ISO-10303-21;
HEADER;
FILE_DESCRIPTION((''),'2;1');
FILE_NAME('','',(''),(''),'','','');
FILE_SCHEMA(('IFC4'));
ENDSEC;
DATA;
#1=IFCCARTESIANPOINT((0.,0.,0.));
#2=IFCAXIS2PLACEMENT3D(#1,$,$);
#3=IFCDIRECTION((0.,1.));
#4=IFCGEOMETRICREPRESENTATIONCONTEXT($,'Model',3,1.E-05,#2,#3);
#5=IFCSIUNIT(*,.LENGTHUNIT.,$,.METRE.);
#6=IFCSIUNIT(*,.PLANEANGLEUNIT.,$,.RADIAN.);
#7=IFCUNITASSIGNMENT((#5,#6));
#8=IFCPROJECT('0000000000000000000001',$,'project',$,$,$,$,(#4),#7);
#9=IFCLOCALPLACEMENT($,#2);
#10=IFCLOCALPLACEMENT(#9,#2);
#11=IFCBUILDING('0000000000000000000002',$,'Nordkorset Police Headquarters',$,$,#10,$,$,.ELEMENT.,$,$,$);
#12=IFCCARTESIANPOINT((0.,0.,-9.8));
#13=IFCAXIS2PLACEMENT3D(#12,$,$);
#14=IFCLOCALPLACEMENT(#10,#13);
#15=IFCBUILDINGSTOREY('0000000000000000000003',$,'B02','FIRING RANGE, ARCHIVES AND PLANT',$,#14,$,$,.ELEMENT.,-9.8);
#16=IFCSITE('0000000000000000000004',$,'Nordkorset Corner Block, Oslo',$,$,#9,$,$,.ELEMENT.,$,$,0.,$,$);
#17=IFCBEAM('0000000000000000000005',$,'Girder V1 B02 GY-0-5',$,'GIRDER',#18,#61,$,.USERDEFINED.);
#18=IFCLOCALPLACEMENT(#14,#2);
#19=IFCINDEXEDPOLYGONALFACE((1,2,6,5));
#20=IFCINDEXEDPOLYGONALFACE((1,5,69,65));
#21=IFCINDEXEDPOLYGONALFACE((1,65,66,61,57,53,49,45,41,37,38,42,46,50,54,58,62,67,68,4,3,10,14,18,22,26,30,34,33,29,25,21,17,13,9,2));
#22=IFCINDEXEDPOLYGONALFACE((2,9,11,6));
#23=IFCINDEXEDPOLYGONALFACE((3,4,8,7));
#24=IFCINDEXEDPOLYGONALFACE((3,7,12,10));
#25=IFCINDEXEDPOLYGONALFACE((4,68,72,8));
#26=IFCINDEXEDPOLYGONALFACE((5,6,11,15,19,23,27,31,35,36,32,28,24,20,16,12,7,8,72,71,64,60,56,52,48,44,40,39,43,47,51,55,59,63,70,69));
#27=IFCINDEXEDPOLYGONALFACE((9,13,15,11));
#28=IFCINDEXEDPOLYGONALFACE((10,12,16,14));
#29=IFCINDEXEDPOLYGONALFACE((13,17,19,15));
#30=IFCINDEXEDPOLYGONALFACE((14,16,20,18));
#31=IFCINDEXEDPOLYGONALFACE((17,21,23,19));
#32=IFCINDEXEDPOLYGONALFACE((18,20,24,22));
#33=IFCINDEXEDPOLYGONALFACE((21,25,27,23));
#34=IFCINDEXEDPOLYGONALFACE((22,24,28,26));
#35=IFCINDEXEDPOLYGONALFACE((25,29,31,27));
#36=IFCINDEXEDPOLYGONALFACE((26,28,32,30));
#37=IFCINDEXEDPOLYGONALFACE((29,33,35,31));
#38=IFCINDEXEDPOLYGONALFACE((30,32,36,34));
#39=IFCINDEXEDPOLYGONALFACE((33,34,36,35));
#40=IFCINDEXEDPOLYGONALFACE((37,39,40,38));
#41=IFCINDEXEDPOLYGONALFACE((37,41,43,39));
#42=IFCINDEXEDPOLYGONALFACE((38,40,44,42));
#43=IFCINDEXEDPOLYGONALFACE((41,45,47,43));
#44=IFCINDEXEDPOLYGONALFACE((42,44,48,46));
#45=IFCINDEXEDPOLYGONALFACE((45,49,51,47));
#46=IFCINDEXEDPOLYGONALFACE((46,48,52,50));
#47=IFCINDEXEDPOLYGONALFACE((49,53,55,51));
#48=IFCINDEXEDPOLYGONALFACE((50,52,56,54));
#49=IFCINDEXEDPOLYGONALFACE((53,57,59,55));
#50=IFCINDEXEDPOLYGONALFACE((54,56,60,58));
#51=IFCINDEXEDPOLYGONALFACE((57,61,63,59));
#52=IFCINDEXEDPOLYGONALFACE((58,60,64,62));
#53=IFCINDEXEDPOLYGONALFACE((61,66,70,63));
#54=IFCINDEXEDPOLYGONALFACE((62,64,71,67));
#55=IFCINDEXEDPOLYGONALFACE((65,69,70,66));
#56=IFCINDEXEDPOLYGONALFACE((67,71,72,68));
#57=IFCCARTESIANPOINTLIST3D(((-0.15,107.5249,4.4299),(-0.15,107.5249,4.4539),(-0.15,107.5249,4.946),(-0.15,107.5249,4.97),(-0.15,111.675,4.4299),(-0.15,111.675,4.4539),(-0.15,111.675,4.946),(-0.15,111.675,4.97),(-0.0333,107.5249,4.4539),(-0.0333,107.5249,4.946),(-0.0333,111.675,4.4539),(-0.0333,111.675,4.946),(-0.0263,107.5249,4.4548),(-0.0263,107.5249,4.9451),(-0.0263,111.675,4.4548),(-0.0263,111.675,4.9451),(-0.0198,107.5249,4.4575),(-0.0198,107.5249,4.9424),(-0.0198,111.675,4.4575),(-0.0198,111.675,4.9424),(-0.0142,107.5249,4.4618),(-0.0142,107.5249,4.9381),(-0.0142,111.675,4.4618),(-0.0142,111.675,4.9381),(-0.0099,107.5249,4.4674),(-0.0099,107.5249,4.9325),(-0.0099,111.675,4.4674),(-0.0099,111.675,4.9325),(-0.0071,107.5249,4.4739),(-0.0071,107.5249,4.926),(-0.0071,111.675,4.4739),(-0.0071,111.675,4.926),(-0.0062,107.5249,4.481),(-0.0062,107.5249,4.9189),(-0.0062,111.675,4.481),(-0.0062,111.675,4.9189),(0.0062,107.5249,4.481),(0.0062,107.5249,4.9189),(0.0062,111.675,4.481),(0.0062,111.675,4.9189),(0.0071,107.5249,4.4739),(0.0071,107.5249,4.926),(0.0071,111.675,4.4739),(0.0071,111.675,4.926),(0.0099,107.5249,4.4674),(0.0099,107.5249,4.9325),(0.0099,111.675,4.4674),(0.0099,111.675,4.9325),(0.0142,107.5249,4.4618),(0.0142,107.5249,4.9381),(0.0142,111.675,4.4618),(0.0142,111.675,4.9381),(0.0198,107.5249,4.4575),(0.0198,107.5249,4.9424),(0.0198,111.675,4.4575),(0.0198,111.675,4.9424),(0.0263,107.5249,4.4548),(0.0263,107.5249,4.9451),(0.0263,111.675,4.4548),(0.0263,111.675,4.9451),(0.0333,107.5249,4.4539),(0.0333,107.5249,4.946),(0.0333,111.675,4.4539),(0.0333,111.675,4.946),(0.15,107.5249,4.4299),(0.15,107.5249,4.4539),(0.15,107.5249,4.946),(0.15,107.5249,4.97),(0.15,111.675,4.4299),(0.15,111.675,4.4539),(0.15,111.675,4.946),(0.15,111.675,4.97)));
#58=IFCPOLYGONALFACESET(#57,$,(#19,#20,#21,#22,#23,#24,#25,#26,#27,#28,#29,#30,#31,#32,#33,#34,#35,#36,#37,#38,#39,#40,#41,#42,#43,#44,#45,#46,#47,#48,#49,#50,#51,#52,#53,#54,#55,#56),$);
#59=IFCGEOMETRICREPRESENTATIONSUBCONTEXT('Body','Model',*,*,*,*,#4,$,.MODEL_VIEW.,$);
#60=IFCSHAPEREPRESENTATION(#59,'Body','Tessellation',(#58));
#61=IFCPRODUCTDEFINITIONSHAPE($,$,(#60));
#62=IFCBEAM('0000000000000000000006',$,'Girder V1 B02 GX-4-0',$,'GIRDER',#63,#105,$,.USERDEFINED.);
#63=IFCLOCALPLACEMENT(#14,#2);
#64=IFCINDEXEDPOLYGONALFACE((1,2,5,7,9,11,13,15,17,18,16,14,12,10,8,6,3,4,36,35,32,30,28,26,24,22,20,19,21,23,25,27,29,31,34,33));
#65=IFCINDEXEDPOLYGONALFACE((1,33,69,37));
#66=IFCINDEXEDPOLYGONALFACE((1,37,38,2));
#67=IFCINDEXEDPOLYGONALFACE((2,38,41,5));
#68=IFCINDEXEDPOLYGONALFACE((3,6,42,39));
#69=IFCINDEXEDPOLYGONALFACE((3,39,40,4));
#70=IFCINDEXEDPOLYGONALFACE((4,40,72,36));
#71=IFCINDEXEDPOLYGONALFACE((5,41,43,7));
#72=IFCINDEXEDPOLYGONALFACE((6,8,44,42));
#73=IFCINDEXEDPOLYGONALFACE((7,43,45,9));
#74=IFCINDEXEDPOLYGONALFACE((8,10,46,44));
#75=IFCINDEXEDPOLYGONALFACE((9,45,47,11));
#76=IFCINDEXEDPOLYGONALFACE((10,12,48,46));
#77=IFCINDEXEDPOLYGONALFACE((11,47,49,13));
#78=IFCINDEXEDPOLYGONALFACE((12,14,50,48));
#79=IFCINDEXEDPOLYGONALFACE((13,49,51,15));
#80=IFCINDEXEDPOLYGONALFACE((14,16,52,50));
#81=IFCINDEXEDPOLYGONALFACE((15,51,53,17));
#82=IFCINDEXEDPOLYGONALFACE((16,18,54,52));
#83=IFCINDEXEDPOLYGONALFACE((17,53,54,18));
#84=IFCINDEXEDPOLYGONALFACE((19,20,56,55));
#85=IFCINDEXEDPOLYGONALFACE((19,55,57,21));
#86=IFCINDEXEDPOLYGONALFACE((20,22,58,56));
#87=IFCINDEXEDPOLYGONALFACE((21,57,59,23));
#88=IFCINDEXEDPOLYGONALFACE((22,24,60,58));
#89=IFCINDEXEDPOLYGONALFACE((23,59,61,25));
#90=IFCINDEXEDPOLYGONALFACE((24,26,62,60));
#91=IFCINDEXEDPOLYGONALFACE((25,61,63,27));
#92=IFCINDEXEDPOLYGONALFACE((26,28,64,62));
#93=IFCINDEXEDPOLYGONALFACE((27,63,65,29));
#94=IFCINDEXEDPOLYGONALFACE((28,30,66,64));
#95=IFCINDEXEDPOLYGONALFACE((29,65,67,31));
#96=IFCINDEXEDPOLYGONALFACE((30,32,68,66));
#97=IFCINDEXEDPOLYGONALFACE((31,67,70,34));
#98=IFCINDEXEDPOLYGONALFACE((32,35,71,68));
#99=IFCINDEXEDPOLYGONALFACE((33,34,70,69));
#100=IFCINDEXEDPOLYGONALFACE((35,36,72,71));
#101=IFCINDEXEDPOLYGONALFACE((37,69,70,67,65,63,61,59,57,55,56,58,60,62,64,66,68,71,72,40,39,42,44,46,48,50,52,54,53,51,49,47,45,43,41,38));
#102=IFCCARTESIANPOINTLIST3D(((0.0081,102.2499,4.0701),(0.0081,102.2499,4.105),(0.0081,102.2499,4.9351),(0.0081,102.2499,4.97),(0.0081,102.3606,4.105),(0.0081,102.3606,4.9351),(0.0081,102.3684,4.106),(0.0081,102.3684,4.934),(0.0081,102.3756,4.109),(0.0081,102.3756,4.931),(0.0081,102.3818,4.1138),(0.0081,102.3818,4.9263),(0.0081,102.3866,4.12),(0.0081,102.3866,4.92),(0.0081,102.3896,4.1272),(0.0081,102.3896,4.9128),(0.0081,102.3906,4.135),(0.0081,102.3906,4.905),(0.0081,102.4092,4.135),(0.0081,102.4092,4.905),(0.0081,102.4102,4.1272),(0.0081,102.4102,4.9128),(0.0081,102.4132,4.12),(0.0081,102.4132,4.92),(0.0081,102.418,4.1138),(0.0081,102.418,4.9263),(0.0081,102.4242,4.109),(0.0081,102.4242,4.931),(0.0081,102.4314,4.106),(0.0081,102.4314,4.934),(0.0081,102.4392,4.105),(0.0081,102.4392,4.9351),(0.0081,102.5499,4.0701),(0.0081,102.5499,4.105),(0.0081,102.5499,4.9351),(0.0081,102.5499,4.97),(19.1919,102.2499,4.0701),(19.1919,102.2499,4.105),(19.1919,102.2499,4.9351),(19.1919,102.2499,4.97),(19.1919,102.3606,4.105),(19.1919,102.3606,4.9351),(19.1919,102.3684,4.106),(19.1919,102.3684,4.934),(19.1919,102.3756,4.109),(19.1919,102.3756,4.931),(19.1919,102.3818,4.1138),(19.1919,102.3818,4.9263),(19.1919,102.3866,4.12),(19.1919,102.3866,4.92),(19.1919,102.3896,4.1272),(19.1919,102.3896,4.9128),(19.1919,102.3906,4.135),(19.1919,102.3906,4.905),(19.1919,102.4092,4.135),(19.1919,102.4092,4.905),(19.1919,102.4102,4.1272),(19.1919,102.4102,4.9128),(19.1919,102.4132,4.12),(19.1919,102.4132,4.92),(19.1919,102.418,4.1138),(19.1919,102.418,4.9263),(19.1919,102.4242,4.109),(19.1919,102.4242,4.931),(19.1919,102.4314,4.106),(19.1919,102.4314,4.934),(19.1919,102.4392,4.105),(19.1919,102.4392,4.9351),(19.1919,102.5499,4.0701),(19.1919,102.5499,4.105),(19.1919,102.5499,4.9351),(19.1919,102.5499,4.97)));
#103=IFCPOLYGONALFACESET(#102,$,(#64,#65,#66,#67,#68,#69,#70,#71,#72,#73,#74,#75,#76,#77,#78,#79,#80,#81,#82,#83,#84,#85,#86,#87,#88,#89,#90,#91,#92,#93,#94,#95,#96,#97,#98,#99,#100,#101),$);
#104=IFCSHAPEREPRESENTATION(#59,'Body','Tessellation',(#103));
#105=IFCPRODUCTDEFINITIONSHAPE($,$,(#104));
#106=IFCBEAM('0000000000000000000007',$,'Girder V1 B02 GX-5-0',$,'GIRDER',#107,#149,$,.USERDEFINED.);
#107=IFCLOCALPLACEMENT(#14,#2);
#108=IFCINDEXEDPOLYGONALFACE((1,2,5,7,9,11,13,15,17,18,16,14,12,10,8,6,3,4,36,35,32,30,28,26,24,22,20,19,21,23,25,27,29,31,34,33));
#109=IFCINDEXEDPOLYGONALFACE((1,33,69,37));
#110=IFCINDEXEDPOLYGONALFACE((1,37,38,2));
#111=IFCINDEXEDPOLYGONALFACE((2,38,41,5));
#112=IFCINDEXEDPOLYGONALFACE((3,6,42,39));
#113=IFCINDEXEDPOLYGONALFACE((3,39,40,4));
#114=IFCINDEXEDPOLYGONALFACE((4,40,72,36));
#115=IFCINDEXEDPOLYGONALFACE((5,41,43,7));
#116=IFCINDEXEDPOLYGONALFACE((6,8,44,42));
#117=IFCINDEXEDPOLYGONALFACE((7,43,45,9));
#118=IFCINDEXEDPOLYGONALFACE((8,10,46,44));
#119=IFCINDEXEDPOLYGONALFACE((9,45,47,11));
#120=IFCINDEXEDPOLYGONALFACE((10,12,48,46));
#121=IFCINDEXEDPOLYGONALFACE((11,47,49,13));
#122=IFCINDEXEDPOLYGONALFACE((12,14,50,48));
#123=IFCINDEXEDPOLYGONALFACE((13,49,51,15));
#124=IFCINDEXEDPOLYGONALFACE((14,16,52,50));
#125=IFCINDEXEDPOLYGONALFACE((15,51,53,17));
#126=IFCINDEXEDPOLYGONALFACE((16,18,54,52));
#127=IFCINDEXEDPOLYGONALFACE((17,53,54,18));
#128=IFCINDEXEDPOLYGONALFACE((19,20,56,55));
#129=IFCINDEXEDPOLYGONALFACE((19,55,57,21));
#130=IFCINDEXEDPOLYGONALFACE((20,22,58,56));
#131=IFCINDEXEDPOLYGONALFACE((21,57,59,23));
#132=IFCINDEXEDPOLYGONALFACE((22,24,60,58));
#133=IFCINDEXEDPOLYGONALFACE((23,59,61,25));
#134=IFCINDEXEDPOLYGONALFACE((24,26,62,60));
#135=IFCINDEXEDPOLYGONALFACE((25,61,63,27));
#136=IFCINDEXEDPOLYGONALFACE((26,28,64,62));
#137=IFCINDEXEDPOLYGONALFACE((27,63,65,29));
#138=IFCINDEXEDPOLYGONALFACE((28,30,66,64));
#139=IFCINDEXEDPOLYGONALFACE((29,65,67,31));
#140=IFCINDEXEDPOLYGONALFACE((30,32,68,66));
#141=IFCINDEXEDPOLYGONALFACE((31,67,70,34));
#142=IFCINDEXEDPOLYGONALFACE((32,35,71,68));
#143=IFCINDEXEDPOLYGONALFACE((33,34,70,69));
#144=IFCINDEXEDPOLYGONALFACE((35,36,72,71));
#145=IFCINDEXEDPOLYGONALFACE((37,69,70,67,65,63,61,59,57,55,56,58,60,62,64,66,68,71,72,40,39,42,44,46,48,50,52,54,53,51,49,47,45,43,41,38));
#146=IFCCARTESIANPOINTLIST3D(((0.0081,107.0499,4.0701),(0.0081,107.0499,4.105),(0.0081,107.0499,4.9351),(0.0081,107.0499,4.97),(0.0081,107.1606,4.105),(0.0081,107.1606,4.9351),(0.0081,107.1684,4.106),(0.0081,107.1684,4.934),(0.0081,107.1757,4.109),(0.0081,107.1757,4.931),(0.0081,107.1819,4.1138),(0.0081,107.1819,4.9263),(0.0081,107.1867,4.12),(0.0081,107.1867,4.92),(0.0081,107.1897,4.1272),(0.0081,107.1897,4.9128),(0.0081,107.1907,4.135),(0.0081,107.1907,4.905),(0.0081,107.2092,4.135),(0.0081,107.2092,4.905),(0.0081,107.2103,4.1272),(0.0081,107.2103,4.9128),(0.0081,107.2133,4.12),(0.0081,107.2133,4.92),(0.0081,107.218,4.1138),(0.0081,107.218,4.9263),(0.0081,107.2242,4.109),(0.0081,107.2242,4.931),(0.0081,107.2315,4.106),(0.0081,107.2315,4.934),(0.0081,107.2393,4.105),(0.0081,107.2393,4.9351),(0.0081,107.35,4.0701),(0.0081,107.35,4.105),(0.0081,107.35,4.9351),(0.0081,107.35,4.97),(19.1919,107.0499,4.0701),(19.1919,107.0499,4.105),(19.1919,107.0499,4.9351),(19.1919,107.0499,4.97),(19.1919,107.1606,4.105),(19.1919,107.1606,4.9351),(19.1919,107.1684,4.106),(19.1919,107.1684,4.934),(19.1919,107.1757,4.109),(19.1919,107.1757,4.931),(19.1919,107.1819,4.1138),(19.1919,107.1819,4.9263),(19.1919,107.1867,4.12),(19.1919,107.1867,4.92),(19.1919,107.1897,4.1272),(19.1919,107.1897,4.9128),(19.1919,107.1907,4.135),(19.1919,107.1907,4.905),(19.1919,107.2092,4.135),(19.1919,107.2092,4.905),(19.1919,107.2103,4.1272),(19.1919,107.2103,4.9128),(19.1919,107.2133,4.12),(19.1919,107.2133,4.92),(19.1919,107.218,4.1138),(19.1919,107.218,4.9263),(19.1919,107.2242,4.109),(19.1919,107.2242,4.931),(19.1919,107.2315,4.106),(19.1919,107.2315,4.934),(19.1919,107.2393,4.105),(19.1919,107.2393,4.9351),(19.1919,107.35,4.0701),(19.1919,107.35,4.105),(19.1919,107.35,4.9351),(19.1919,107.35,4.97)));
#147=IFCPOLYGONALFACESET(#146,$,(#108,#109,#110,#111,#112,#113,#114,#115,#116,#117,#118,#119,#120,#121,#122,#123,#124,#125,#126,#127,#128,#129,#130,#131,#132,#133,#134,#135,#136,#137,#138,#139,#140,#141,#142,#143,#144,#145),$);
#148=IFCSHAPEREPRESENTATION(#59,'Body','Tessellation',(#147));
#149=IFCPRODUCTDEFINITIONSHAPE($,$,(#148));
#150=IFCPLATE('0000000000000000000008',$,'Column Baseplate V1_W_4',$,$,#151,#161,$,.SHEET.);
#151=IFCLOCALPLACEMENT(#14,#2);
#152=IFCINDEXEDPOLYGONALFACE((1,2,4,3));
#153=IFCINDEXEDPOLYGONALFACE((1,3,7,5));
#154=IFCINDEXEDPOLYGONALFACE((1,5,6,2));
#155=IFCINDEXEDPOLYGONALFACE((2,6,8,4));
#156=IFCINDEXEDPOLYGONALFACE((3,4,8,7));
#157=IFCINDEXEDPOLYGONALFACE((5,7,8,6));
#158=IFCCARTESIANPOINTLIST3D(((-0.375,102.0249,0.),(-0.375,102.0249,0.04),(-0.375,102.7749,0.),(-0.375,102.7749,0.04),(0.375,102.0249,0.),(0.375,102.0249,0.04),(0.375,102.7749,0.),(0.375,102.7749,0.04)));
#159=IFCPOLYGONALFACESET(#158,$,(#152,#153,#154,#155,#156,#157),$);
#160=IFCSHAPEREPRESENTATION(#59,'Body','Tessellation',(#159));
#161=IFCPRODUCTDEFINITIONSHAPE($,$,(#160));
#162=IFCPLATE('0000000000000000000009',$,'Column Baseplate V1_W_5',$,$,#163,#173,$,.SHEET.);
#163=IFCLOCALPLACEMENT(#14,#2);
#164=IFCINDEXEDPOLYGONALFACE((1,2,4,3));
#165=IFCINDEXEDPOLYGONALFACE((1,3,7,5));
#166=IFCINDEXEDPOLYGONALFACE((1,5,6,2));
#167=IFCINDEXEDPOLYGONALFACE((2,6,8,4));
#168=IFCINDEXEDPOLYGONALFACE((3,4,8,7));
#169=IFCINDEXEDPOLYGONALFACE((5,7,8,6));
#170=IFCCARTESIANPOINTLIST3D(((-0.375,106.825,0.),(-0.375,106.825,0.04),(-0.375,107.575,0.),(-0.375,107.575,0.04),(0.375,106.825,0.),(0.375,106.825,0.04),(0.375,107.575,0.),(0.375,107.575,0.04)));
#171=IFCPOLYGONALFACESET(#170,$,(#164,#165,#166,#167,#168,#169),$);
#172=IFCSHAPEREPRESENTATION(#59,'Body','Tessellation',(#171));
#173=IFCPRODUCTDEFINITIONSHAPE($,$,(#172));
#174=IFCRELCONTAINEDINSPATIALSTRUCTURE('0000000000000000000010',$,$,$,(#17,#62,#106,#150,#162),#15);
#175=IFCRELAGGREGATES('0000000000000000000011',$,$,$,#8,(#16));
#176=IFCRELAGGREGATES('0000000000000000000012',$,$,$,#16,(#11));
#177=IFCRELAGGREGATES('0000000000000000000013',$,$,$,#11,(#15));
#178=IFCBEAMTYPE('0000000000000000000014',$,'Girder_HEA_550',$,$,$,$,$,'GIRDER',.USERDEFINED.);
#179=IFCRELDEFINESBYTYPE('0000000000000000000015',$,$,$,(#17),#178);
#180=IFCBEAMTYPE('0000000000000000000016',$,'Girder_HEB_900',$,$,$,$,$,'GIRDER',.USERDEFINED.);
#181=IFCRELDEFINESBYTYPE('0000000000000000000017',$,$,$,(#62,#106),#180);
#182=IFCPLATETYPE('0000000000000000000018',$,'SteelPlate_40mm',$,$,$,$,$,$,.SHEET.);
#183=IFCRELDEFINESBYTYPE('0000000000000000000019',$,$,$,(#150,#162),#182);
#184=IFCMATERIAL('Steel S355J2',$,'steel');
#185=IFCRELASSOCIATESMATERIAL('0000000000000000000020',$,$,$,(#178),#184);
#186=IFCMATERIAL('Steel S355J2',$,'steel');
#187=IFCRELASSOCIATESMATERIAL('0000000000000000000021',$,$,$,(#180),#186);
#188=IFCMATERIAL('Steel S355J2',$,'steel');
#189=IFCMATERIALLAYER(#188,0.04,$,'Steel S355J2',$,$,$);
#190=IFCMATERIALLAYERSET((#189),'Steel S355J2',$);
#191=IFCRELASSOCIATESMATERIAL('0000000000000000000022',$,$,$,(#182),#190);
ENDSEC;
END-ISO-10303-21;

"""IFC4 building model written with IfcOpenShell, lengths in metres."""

from ifc_helpers import new_model, si_unit, direction, frame, origin, origin_2d, place, context, subcontext, project, spatial, rectangle, i_section, extrude, material, layer, layer_set, material_profile, profile_set, type_object, element, save


model = new_model("IFC4")

# Units and contexts
model_context = context("Model", 3, precision=1e-05, world=origin(), true_north=direction((0.0, 1.0)))
body_context = subcontext(model_context, "Body", "Model", "MODEL_VIEW")
ifc_project = project(units=[si_unit("LENGTHUNIT", "METRE"), si_unit("PLANEANGLEUNIT", "RADIAN")], contexts=[model_context])

# Site, building, storey
site_placement = place(None, origin())
site = spatial("IfcSite", under=ifc_project, at=site_placement, Name="Nordkorset Corner Block, Oslo", CompositionType="ELEMENT", RefElevation=0.0)
building_placement = place(site_placement, origin())
building = spatial("IfcBuilding", under=site, at=building_placement, Name="Nordkorset Police Headquarters", CompositionType="ELEMENT")
storey_placement = place(building_placement, frame((0.0, 0.0, -9.8)))
storey = spatial("IfcBuildingStorey", under=building, at=storey_placement, Name="B02", Description="FIRING RANGE, ARCHIVES AND PLANT", CompositionType="ELEMENT", Elevation=-9.8)

# Beams
ifc_material_1 = material(Name="Steel S355J2", Category="steel")
ifc_material_profile_1 = material_profile(ifc_material_1, i_section(OverallWidth=0.3, OverallDepth=0.54, WebThickness=0.0125, FlangeThickness=0.0239, FilletRadius=0.0271, at=origin_2d()), Name="HEA 550")
ifc_profile_set_1 = profile_set([ifc_material_profile_1], Name="Steel S355J2")
beam_type_1 = type_object("IfcBeamType", Name="Girder_HEA_550", ElementType="GIRDER", PredefinedType="USERDEFINED", material=ifc_profile_set_1)
beam_1_placement = place(storey_placement, frame((0.0, 107.5249, 4.7), z_axis=(0.0, 1.0, 0.0), x_axis=(-1.0, 0.0, 0.0)))
element("IfcBeam", 1, at=beam_1_placement, inside=storey, type_object=beam_type_1, Name="Girder V1 B02 GY-0-5", ObjectType="GIRDER", PredefinedType="USERDEFINED", context=body_context, shape_type="SweptSolid", body=[
    extrude(i_section(OverallWidth=0.3, OverallDepth=0.54, WebThickness=0.0125, FlangeThickness=0.0239, FilletRadius=0.0271, at=origin_2d()), origin(), (0.0, 0.0, 1.0), 4.1501),
])
ifc_material_2 = material(Name="Steel S355J2", Category="steel")
ifc_material_profile_2 = material_profile(ifc_material_2, i_section(OverallWidth=0.3, OverallDepth=0.8999, WebThickness=0.0186, FlangeThickness=0.0349, FilletRadius=0.03, at=origin_2d()), Name="HEB 900")
ifc_profile_set_2 = profile_set([ifc_material_profile_2], Name="Steel S355J2")
beam_type_2 = type_object("IfcBeamType", Name="Girder_HEB_900", ElementType="GIRDER", PredefinedType="USERDEFINED", material=ifc_profile_set_2)
for number, where, z_axis, x_axis, name in (
    (2, (0.0081, 102.3999, 4.52), (1.0, 0.0, 0.0), (0.0, 1.0, 0.0), "Girder V1 B02 GX-4-0"),
    (3, (0.0081, 107.2, 4.52), (1.0, 0.0, 0.0), (0.0, 1.0, 0.0), "Girder V1 B02 GX-5-0"),
):
    element("IfcBeam", number, at=place(storey_placement, frame(where, z_axis=z_axis, x_axis=x_axis)), inside=storey, type_object=beam_type_2, Name=name, ObjectType="GIRDER", PredefinedType="USERDEFINED", context=body_context, shape_type="SweptSolid", body=[
        extrude(i_section(OverallWidth=0.3, OverallDepth=0.8999, WebThickness=0.0186, FlangeThickness=0.0349, FilletRadius=0.03, at=origin_2d()), origin(), (0.0, 0.0, 1.0), 19.1838),
    ])

# Plates
ifc_material_3 = material(Name="Steel S355J2", Category="steel")
ifc_layer = layer(ifc_material_3, 0.04, Name="Steel S355J2")
ifc_layer_set = layer_set([ifc_layer], Name="Steel S355J2")
plate_type = type_object("IfcPlateType", Name="SteelPlate_40mm", PredefinedType="SHEET", material=ifc_layer_set)
for number, where, z_axis, x_axis, name in (
    (4, (0.0, 102.3999, 0.0), (0.0, 0.0, 1.0), (1.0, 0.0, 0.0), "Column Baseplate V1_W_4"),
    (5, (0.0, 107.2, 0.0), (0.0, 0.0, 1.0), (1.0, 0.0, 0.0), "Column Baseplate V1_W_5"),
):
    element("IfcPlate", number, at=place(storey_placement, frame(where, z_axis=z_axis, x_axis=x_axis)), inside=storey, type_object=plate_type, Name=name, PredefinedType="SHEET", context=body_context, shape_type="SweptSolid", body=[
        extrude(rectangle(XDim=0.75, YDim=0.75, at=origin_2d()), origin(), (0.0, 0.0, 1.0), 0.04),
    ])

save(model, "model.ifc")
